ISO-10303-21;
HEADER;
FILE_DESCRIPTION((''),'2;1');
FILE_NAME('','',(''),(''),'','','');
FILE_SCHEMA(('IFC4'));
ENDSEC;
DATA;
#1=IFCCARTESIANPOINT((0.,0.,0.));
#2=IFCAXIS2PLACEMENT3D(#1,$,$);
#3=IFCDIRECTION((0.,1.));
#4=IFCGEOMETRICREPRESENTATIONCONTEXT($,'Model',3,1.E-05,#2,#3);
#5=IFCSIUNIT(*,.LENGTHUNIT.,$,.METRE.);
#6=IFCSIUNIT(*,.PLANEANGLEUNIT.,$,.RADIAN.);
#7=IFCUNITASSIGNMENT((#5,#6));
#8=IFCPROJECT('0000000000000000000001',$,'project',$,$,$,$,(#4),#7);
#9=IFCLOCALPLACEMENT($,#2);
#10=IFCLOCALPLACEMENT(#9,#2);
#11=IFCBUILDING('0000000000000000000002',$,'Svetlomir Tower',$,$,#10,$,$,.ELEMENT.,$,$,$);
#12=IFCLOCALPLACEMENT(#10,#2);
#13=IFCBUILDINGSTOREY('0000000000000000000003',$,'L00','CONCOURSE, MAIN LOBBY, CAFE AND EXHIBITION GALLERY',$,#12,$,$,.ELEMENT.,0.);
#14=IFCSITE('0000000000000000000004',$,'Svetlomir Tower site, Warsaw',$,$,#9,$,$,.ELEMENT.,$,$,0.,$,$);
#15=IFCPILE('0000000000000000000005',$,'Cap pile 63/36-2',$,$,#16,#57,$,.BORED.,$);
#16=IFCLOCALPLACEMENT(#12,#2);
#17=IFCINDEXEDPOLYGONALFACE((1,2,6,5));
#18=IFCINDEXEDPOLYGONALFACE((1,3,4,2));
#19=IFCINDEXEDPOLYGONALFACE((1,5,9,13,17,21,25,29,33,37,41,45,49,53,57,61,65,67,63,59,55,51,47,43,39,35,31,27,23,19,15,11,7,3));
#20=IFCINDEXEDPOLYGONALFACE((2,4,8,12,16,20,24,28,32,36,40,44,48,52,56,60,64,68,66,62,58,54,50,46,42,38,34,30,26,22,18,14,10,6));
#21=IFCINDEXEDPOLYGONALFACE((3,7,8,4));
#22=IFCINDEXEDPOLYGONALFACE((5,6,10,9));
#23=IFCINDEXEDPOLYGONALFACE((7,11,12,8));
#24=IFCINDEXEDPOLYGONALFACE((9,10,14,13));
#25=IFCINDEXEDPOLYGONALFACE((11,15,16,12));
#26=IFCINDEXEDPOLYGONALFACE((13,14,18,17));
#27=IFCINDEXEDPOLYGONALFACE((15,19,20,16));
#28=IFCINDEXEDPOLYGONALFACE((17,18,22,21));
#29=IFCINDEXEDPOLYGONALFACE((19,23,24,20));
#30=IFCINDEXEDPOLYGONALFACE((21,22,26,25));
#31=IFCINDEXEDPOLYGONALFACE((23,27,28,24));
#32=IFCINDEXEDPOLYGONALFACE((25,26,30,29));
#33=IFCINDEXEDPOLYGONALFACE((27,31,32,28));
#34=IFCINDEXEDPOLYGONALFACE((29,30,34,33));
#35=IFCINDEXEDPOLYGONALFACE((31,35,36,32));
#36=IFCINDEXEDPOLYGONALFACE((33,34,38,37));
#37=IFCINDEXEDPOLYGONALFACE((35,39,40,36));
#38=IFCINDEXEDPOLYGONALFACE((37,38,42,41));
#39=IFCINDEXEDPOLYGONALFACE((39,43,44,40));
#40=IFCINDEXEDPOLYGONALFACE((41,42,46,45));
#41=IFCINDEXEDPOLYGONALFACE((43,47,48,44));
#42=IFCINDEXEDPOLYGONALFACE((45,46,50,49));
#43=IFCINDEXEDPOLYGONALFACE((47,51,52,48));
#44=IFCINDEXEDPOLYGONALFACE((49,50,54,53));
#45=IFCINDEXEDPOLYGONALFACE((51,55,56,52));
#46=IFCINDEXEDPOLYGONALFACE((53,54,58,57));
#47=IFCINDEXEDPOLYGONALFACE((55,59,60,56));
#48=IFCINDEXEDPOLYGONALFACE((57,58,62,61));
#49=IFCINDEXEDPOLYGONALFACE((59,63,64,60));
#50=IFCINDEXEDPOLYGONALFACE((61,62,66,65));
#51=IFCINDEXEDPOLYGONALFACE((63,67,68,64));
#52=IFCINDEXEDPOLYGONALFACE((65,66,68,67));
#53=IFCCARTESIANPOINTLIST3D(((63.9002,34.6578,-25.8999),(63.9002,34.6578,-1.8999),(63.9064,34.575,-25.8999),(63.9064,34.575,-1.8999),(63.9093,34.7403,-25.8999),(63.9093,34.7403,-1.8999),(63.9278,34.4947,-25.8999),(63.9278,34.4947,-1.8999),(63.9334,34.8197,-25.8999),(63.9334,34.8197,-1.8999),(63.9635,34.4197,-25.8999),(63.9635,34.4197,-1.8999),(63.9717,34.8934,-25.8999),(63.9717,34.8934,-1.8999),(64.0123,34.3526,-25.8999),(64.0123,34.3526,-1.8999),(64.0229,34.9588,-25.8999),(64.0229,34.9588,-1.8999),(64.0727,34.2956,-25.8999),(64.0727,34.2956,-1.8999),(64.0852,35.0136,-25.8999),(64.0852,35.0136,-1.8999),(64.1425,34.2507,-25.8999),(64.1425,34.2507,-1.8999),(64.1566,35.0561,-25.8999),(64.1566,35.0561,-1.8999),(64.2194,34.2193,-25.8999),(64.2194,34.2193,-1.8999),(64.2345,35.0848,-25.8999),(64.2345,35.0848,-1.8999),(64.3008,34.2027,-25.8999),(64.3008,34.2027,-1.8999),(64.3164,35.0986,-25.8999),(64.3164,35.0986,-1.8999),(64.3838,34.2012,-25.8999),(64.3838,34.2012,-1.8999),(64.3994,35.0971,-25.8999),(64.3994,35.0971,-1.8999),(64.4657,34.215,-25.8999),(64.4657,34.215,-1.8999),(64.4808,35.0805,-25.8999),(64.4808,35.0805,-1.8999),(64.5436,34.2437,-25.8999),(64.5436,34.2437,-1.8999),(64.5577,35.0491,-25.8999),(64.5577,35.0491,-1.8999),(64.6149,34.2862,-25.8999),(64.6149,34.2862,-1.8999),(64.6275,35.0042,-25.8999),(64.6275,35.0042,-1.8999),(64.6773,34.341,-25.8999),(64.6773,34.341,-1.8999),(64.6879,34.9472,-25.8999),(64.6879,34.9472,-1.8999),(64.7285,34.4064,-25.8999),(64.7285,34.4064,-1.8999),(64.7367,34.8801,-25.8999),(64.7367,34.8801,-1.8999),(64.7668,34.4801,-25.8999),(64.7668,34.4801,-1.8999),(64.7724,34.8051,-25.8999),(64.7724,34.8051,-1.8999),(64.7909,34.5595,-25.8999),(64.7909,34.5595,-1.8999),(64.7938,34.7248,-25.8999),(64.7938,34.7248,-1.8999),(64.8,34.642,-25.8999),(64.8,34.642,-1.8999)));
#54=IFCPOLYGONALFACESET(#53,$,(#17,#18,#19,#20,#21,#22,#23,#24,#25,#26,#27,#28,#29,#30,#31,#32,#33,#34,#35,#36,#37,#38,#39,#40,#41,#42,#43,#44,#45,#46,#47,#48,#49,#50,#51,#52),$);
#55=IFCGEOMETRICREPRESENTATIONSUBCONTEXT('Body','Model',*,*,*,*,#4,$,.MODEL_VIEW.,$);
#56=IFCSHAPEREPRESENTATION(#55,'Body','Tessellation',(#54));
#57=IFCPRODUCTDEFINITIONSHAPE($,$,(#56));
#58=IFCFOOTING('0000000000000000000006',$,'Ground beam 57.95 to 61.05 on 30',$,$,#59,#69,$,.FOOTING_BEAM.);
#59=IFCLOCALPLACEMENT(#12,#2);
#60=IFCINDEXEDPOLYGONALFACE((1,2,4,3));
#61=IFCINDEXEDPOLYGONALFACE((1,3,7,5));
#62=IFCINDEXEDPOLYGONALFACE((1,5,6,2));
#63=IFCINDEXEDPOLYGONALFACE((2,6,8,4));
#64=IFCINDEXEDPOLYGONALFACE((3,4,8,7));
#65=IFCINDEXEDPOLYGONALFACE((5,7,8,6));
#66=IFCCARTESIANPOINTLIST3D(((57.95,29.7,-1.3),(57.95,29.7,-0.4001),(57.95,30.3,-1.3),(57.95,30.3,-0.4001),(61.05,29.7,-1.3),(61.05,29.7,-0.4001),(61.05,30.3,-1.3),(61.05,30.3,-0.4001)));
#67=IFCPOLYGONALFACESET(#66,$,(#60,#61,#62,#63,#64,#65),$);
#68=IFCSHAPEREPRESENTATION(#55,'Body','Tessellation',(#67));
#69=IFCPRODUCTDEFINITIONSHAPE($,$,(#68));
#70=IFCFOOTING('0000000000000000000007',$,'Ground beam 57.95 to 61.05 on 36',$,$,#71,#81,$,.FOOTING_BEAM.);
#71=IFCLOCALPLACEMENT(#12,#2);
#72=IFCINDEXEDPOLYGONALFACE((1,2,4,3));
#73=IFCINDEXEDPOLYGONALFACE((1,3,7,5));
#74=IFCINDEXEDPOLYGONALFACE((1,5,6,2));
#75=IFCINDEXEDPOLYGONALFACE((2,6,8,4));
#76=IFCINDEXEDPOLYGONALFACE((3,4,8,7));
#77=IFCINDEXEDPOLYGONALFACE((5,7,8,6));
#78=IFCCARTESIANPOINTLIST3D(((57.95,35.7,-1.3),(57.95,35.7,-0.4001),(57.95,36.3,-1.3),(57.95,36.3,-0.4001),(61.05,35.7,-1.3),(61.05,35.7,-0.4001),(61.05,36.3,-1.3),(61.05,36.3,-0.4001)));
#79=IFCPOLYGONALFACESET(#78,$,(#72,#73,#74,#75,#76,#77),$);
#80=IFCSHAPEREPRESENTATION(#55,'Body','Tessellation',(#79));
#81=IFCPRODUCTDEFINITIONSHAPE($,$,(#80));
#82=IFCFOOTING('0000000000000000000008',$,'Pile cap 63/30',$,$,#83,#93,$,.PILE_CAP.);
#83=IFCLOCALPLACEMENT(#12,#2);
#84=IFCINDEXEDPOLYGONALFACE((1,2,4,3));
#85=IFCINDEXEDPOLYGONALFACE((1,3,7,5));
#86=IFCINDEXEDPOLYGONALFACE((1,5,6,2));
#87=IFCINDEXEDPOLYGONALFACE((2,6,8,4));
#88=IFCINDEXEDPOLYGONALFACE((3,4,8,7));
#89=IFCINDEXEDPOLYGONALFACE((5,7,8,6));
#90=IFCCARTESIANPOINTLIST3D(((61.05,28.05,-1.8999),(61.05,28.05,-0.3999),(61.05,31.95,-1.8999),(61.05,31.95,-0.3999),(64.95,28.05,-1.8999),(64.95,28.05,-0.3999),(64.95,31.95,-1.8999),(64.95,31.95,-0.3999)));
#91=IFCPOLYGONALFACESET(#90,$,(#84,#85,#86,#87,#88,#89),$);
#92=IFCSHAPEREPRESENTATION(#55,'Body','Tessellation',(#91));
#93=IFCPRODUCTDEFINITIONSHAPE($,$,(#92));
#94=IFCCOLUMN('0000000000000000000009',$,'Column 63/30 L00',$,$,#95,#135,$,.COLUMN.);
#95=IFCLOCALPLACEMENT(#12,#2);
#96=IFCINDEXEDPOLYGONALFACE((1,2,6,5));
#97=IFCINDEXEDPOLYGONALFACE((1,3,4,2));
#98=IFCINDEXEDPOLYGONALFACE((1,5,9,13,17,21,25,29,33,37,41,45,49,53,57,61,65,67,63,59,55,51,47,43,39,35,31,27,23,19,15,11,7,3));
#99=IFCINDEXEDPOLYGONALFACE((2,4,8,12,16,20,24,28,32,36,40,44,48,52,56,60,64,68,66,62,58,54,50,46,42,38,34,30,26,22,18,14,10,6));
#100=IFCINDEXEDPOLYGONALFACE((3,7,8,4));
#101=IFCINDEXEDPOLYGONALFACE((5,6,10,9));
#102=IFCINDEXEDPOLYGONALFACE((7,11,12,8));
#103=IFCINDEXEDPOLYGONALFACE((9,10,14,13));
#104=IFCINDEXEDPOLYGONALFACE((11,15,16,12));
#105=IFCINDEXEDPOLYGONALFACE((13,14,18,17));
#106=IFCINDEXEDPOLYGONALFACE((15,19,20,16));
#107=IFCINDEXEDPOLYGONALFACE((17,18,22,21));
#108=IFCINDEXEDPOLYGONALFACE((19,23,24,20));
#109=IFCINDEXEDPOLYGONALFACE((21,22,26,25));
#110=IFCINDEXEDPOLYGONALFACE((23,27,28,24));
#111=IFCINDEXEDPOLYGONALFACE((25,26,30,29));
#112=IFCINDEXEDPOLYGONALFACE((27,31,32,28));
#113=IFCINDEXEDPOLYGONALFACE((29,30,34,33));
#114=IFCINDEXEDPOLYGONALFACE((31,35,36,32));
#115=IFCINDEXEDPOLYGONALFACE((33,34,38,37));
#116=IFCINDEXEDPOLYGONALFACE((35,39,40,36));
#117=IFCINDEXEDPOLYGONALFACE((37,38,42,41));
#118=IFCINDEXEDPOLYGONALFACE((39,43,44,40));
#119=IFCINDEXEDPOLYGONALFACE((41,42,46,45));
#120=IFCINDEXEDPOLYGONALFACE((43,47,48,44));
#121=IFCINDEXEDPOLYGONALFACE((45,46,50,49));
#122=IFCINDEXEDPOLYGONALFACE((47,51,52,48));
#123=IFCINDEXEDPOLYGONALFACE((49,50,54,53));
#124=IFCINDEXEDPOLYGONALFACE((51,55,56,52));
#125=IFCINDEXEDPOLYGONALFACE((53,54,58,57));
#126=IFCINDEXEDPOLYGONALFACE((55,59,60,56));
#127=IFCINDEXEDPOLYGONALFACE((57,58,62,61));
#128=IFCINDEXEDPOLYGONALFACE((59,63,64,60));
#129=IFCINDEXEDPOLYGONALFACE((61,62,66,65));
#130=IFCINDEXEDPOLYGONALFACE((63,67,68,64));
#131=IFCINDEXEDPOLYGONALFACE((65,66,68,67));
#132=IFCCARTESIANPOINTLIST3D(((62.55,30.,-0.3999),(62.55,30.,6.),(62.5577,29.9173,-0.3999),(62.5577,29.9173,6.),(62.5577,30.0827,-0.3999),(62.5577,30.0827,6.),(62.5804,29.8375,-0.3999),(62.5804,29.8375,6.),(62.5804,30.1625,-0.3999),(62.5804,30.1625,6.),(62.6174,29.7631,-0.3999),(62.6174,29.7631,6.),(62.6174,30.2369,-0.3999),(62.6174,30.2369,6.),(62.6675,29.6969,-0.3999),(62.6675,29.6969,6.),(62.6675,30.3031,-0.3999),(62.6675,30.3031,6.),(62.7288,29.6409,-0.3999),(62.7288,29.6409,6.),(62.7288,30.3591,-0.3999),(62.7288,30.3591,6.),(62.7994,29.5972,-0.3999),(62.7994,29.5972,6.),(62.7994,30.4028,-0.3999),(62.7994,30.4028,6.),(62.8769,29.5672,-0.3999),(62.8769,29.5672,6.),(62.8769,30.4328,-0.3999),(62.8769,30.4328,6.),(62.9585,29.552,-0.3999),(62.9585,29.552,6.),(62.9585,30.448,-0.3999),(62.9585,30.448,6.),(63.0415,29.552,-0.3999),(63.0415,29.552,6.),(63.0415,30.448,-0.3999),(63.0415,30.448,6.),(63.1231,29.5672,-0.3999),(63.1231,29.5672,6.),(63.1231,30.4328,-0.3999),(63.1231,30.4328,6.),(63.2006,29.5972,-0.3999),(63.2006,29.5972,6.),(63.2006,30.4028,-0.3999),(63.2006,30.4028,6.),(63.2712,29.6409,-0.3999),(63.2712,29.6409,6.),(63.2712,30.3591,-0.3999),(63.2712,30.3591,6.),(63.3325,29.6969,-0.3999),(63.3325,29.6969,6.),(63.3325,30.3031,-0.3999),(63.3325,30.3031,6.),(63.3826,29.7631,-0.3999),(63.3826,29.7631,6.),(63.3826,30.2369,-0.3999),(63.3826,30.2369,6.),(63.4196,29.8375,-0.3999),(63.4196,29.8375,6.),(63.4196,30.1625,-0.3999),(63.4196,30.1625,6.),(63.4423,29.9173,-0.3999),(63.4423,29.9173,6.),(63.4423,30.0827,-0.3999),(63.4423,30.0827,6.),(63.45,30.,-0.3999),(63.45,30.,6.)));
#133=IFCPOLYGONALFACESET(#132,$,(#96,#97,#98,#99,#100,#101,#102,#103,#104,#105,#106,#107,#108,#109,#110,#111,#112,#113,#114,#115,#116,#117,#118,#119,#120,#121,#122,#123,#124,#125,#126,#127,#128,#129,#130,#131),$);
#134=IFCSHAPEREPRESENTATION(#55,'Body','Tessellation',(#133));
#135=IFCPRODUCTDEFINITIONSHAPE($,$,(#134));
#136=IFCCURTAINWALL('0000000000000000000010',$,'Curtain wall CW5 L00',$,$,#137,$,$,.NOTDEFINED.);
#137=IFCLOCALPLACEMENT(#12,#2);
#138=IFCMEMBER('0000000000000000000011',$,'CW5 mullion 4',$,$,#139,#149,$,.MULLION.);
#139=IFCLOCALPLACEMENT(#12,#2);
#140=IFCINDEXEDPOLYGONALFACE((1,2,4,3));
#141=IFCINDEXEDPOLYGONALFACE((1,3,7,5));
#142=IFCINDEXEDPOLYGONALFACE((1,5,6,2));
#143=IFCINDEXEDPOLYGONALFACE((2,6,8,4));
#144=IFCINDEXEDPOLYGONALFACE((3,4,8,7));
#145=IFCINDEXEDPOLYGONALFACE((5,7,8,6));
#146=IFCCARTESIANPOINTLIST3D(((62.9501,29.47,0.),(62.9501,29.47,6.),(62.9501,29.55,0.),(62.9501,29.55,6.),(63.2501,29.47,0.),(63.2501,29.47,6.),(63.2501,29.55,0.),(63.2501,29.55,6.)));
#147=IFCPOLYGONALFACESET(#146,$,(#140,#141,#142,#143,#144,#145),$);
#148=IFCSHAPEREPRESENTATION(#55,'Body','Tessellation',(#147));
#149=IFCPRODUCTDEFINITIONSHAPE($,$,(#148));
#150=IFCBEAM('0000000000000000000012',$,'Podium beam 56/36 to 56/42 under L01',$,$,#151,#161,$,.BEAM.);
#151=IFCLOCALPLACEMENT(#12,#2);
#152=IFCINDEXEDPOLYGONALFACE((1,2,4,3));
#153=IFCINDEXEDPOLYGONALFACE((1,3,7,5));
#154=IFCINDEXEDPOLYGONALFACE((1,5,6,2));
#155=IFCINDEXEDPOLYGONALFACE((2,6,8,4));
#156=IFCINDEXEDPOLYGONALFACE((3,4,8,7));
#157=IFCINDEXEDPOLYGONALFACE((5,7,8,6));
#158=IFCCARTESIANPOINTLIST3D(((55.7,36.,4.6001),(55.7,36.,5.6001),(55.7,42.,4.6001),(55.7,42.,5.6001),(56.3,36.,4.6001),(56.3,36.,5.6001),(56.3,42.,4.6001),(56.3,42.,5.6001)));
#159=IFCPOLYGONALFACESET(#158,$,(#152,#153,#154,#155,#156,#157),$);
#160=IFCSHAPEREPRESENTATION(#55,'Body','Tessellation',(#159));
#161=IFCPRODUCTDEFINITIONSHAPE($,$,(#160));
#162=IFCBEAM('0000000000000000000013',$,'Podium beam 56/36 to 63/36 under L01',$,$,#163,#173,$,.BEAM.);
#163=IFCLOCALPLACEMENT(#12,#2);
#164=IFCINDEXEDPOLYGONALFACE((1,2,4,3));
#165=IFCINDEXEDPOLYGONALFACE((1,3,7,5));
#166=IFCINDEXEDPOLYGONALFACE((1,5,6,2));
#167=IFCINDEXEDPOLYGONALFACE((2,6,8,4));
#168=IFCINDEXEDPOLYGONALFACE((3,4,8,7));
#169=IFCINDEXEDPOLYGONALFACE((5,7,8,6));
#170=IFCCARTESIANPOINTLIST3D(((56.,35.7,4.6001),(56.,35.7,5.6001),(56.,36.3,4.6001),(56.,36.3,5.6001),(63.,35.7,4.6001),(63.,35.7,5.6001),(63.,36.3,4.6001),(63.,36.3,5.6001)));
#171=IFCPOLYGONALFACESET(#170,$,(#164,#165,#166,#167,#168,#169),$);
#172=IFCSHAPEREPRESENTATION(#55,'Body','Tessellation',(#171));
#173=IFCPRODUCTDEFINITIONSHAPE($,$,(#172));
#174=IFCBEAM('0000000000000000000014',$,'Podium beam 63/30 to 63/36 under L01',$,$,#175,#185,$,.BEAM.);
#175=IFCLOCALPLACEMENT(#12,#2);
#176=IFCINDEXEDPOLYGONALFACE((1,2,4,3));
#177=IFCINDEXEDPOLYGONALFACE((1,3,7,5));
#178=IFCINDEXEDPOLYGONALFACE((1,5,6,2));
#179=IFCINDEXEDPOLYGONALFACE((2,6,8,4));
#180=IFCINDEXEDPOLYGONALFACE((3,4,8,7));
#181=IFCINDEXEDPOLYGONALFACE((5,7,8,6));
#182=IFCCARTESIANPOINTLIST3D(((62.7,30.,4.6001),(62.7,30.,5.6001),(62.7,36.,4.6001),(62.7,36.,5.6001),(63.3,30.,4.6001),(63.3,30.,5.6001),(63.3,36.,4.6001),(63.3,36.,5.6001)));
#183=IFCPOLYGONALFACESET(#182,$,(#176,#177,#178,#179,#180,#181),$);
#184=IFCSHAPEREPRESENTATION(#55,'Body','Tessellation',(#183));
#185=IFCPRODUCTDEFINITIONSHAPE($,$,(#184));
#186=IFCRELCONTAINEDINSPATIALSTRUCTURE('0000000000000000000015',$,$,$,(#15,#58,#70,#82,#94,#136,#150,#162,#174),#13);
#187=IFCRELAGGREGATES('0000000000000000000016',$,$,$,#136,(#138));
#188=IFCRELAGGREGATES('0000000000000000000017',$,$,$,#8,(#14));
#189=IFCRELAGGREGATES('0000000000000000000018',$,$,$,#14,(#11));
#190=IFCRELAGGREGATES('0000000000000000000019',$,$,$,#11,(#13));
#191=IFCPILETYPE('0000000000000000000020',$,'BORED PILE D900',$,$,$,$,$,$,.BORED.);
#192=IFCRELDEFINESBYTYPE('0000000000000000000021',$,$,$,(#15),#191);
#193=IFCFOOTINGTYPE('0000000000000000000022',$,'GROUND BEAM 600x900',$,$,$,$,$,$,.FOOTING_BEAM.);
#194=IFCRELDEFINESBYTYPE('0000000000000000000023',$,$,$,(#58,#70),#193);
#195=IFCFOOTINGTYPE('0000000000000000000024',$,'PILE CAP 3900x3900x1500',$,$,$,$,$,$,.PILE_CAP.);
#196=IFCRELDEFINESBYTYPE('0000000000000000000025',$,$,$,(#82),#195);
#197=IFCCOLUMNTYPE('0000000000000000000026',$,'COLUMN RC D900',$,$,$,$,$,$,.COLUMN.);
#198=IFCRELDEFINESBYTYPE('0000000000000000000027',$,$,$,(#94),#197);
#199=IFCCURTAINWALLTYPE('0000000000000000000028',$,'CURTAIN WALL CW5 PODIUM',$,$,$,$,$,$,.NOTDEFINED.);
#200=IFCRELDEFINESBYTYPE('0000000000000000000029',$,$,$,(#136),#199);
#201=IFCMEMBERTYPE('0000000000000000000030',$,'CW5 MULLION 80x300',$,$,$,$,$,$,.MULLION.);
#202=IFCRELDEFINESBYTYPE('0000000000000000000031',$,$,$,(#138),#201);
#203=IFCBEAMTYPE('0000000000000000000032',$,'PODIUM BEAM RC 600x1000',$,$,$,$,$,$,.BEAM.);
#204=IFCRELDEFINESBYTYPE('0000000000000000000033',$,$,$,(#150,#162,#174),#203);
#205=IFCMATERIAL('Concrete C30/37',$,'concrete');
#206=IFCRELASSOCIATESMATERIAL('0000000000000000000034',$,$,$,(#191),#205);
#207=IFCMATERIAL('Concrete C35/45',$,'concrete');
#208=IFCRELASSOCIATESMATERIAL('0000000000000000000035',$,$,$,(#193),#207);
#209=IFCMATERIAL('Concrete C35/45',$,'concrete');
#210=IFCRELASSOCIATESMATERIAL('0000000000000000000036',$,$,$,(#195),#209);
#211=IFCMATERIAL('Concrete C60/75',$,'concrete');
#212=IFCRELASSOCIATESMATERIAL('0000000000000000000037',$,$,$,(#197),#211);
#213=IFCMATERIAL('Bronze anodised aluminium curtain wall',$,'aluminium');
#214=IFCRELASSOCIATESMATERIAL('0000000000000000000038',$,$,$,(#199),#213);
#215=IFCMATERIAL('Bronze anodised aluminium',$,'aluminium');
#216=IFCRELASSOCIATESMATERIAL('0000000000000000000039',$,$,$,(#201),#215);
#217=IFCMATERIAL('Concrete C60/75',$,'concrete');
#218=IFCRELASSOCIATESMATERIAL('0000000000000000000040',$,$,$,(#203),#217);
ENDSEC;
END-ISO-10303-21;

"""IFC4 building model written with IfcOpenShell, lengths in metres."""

from ifc_helpers import new_model, si_unit, direction, frame, frame_2d, origin, origin_2d, place, context, subcontext, project, spatial, rectangle, circle, extrude, material, material_profile, profile_set, type_object, element, aggregate, save


model = new_model("IFC4")

# Units and contexts
model_context = context("Model", 3, precision=1e-05, world=origin(), true_north=direction((0.0, 1.0)))
body_context = subcontext(model_context, "Body", "Model", "MODEL_VIEW")
ifc_project = project(units=[si_unit("LENGTHUNIT", "METRE"), si_unit("PLANEANGLEUNIT", "RADIAN")], contexts=[model_context])

# Site, building, storey
site_placement = place(None, origin())
site = spatial("IfcSite", under=ifc_project, at=site_placement, Name="Svetlomir Tower site, Warsaw", CompositionType="ELEMENT", RefElevation=0.0)
building_placement = place(site_placement, origin())
building = spatial("IfcBuilding", under=site, at=building_placement, Name="Svetlomir Tower", CompositionType="ELEMENT")
storey_placement = place(building_placement, origin())
storey = spatial("IfcBuildingStorey", under=building, at=storey_placement, Name="L00", Description="CONCOURSE, MAIN LOBBY, CAFE AND EXHIBITION GALLERY", CompositionType="ELEMENT", Elevation=0.0)

# Pile
ifc_material_1 = material(Name="Concrete C30/37", Category="concrete")
ifc_material_profile_1 = material_profile(ifc_material_1, circle(Radius=0.45, at=origin_2d()), Name="RC D900")
ifc_profile_set_1 = profile_set([ifc_material_profile_1], Name="Concrete C30/37")
pile_type = type_object("IfcPileType", Name="BORED PILE D900", PredefinedType="BORED", material=ifc_profile_set_1)
for number, where, z_axis, x_axis, name in (
    (1, (64.3501, 34.6499, -1.8999), (0.0, 0.0, -1.0), (1.0, 0.0, 0.0), "Cap pile 63/36-2"),
):
    element("IfcPile", number, at=place(storey_placement, frame(where, z_axis=z_axis, x_axis=x_axis)), inside=storey, type_object=pile_type, Name=name, PredefinedType="BORED", context=body_context, shape_type="SweptSolid", body=[
        extrude(circle(Radius=0.45, at=frame_2d((0.0, 0.0), x_axis=(0.999848, 0.017452))), origin(), (0.0, 0.0, 1.0), 24.0),
    ])

# Footings
ifc_material_2 = material(Name="Concrete C35/45", Category="concrete")
footing_type_1 = type_object("IfcFootingType", Name="GROUND BEAM 600x900", PredefinedType="FOOTING_BEAM", material=ifc_material_2)
for number, where, z_axis, x_axis, name in (
    (2, (59.5, 30.0, -1.3), (0.0, 0.0, 1.0), (1.0, 0.0, 0.0), "Ground beam 57.95 to 61.05 on 30"),
    (3, (59.5, 36.0, -1.3), (0.0, 0.0, 1.0), (1.0, 0.0, 0.0), "Ground beam 57.95 to 61.05 on 36"),
):
    element("IfcFooting", number, at=place(storey_placement, frame(where, z_axis=z_axis, x_axis=x_axis)), inside=storey, type_object=footing_type_1, Name=name, PredefinedType="FOOTING_BEAM", context=body_context, shape_type="SweptSolid", body=[
        extrude(rectangle(XDim=3.1001, YDim=0.6001, at=origin_2d()), origin(), (0.0, 0.0, 1.0), 0.8999),
    ])
ifc_material_3 = material(Name="Concrete C35/45", Category="concrete")
footing_type_2 = type_object("IfcFootingType", Name="PILE CAP 3900x3900x1500", PredefinedType="PILE_CAP", material=ifc_material_3)
footing_placement = place(storey_placement, frame((63.0, 30.0, -1.8999), z_axis=(0.0, 0.0, 1.0), x_axis=(1.0, 0.0, 0.0)))
element("IfcFooting", 4, at=footing_placement, inside=storey, type_object=footing_type_2, Name="Pile cap 63/30", PredefinedType="PILE_CAP", context=body_context, shape_type="SweptSolid", body=[
    extrude(rectangle(XDim=3.8999, YDim=3.8999, at=origin_2d()), origin(), (0.0, 0.0, 1.0), 1.5),
])

# Column
ifc_material_4 = material(Name="Concrete C60/75", Category="concrete")
ifc_material_profile_2 = material_profile(ifc_material_4, circle(Radius=0.45, at=origin_2d()), Name="RC D900")
ifc_profile_set_2 = profile_set([ifc_material_profile_2], Name="Concrete C60/75")
column_type = type_object("IfcColumnType", Name="COLUMN RC D900", PredefinedType="COLUMN", material=ifc_profile_set_2)
column_placement = place(storey_placement, frame((63.0, 30.0, -0.3999), z_axis=(0.0, 0.0, 1.0), x_axis=(1.0, 0.0, 0.0)))
element("IfcColumn", 5, at=column_placement, inside=storey, type_object=column_type, Name="Column 63/30 L00", PredefinedType="COLUMN", context=body_context, shape_type="SweptSolid", body=[
    extrude(circle(Radius=0.45, at=origin_2d()), origin(), (0.0, 0.0, 1.0), 6.3999),
])

# Curtain wall, member
ifc_material_5 = material(Name="Bronze anodised aluminium curtain wall", Category="aluminium")
curtain_wall_type = type_object("IfcCurtainWallType", Name="CURTAIN WALL CW5 PODIUM", PredefinedType="NOTDEFINED", material=ifc_material_5)
curtain_wall_placement = place(storey_placement, origin())
curtain_wall = element("IfcCurtainWall", 6, at=curtain_wall_placement, inside=storey, type_object=curtain_wall_type, Name="Curtain wall CW5 L00", PredefinedType="NOTDEFINED")
ifc_material_6 = material(Name="Bronze anodised aluminium", Category="aluminium")
ifc_material_profile_3 = material_profile(ifc_material_6, rectangle(XDim=0.0801, YDim=0.3, at=origin_2d()), Name="AL 80x300")
ifc_profile_set_3 = profile_set([ifc_material_profile_3], Name="Bronze anodised aluminium 6063-T6")
member_type = type_object("IfcMemberType", Name="CW5 MULLION 80x300", PredefinedType="MULLION", material=ifc_profile_set_3)
member_placement = place(storey_placement, frame((63.1001, 29.51, 0.0), z_axis=(0.0, 0.0, 1.0), x_axis=(0.0, 1.0, 0.0)))
member = element("IfcMember", 7, at=member_placement, type_object=member_type, Name="CW5 mullion 4", PredefinedType="MULLION", context=body_context, shape_type="SweptSolid", body=[
    extrude(rectangle(XDim=0.0801, YDim=0.3, at=origin_2d()), origin(), (0.0, 0.0, 1.0), 6.0),
])

# Beams
ifc_material_7 = material(Name="Concrete C60/75", Category="concrete")
ifc_material_profile_4 = material_profile(ifc_material_7, rectangle(XDim=0.6001, YDim=1.0, at=origin_2d()), Name="RC 600x1000")
ifc_profile_set_4 = profile_set([ifc_material_profile_4], Name="Concrete C60/75")
beam_type = type_object("IfcBeamType", Name="PODIUM BEAM RC 600x1000", PredefinedType="BEAM", material=ifc_profile_set_4)
beam_1_placement = place(storey_placement, frame((56.0, 36.0, 5.1001), z_axis=(0.0, 1.0, 0.0), x_axis=(-1.0, 0.0, 0.0)))
element("IfcBeam", 8, at=beam_1_placement, inside=storey, type_object=beam_type, Name="Podium beam 56/36 to 56/42 under L01", PredefinedType="BEAM", context=body_context, shape_type="SweptSolid", body=[
    extrude(rectangle(XDim=0.6001, YDim=1.0, at=origin_2d()), origin(), (0.0, 0.0, 1.0), 6.0),
])
beam_2_placement = place(storey_placement, frame((56.0, 36.0, 5.1001), z_axis=(1.0, 0.0, 0.0), x_axis=(0.0, 1.0, 0.0)))
element("IfcBeam", 9, at=beam_2_placement, inside=storey, type_object=beam_type, Name="Podium beam 56/36 to 63/36 under L01", PredefinedType="BEAM", context=body_context, shape_type="SweptSolid", body=[
    extrude(rectangle(XDim=0.6001, YDim=1.0, at=origin_2d()), origin(), (0.0, 0.0, 1.0), 7.0),
])
beam_3_placement = place(storey_placement, frame((63.0, 30.0, 5.1001), z_axis=(0.0, 1.0, 0.0), x_axis=(-1.0, 0.0, 0.0)))
element("IfcBeam", 10, at=beam_3_placement, inside=storey, type_object=beam_type, Name="Podium beam 63/30 to 63/36 under L01", PredefinedType="BEAM", context=body_context, shape_type="SweptSolid", body=[
    extrude(rectangle(XDim=0.6001, YDim=1.0, at=origin_2d()), origin(), (0.0, 0.0, 1.0), 6.0),
])

aggregate(curtain_wall, [member])

save(model, "model.ifc")
